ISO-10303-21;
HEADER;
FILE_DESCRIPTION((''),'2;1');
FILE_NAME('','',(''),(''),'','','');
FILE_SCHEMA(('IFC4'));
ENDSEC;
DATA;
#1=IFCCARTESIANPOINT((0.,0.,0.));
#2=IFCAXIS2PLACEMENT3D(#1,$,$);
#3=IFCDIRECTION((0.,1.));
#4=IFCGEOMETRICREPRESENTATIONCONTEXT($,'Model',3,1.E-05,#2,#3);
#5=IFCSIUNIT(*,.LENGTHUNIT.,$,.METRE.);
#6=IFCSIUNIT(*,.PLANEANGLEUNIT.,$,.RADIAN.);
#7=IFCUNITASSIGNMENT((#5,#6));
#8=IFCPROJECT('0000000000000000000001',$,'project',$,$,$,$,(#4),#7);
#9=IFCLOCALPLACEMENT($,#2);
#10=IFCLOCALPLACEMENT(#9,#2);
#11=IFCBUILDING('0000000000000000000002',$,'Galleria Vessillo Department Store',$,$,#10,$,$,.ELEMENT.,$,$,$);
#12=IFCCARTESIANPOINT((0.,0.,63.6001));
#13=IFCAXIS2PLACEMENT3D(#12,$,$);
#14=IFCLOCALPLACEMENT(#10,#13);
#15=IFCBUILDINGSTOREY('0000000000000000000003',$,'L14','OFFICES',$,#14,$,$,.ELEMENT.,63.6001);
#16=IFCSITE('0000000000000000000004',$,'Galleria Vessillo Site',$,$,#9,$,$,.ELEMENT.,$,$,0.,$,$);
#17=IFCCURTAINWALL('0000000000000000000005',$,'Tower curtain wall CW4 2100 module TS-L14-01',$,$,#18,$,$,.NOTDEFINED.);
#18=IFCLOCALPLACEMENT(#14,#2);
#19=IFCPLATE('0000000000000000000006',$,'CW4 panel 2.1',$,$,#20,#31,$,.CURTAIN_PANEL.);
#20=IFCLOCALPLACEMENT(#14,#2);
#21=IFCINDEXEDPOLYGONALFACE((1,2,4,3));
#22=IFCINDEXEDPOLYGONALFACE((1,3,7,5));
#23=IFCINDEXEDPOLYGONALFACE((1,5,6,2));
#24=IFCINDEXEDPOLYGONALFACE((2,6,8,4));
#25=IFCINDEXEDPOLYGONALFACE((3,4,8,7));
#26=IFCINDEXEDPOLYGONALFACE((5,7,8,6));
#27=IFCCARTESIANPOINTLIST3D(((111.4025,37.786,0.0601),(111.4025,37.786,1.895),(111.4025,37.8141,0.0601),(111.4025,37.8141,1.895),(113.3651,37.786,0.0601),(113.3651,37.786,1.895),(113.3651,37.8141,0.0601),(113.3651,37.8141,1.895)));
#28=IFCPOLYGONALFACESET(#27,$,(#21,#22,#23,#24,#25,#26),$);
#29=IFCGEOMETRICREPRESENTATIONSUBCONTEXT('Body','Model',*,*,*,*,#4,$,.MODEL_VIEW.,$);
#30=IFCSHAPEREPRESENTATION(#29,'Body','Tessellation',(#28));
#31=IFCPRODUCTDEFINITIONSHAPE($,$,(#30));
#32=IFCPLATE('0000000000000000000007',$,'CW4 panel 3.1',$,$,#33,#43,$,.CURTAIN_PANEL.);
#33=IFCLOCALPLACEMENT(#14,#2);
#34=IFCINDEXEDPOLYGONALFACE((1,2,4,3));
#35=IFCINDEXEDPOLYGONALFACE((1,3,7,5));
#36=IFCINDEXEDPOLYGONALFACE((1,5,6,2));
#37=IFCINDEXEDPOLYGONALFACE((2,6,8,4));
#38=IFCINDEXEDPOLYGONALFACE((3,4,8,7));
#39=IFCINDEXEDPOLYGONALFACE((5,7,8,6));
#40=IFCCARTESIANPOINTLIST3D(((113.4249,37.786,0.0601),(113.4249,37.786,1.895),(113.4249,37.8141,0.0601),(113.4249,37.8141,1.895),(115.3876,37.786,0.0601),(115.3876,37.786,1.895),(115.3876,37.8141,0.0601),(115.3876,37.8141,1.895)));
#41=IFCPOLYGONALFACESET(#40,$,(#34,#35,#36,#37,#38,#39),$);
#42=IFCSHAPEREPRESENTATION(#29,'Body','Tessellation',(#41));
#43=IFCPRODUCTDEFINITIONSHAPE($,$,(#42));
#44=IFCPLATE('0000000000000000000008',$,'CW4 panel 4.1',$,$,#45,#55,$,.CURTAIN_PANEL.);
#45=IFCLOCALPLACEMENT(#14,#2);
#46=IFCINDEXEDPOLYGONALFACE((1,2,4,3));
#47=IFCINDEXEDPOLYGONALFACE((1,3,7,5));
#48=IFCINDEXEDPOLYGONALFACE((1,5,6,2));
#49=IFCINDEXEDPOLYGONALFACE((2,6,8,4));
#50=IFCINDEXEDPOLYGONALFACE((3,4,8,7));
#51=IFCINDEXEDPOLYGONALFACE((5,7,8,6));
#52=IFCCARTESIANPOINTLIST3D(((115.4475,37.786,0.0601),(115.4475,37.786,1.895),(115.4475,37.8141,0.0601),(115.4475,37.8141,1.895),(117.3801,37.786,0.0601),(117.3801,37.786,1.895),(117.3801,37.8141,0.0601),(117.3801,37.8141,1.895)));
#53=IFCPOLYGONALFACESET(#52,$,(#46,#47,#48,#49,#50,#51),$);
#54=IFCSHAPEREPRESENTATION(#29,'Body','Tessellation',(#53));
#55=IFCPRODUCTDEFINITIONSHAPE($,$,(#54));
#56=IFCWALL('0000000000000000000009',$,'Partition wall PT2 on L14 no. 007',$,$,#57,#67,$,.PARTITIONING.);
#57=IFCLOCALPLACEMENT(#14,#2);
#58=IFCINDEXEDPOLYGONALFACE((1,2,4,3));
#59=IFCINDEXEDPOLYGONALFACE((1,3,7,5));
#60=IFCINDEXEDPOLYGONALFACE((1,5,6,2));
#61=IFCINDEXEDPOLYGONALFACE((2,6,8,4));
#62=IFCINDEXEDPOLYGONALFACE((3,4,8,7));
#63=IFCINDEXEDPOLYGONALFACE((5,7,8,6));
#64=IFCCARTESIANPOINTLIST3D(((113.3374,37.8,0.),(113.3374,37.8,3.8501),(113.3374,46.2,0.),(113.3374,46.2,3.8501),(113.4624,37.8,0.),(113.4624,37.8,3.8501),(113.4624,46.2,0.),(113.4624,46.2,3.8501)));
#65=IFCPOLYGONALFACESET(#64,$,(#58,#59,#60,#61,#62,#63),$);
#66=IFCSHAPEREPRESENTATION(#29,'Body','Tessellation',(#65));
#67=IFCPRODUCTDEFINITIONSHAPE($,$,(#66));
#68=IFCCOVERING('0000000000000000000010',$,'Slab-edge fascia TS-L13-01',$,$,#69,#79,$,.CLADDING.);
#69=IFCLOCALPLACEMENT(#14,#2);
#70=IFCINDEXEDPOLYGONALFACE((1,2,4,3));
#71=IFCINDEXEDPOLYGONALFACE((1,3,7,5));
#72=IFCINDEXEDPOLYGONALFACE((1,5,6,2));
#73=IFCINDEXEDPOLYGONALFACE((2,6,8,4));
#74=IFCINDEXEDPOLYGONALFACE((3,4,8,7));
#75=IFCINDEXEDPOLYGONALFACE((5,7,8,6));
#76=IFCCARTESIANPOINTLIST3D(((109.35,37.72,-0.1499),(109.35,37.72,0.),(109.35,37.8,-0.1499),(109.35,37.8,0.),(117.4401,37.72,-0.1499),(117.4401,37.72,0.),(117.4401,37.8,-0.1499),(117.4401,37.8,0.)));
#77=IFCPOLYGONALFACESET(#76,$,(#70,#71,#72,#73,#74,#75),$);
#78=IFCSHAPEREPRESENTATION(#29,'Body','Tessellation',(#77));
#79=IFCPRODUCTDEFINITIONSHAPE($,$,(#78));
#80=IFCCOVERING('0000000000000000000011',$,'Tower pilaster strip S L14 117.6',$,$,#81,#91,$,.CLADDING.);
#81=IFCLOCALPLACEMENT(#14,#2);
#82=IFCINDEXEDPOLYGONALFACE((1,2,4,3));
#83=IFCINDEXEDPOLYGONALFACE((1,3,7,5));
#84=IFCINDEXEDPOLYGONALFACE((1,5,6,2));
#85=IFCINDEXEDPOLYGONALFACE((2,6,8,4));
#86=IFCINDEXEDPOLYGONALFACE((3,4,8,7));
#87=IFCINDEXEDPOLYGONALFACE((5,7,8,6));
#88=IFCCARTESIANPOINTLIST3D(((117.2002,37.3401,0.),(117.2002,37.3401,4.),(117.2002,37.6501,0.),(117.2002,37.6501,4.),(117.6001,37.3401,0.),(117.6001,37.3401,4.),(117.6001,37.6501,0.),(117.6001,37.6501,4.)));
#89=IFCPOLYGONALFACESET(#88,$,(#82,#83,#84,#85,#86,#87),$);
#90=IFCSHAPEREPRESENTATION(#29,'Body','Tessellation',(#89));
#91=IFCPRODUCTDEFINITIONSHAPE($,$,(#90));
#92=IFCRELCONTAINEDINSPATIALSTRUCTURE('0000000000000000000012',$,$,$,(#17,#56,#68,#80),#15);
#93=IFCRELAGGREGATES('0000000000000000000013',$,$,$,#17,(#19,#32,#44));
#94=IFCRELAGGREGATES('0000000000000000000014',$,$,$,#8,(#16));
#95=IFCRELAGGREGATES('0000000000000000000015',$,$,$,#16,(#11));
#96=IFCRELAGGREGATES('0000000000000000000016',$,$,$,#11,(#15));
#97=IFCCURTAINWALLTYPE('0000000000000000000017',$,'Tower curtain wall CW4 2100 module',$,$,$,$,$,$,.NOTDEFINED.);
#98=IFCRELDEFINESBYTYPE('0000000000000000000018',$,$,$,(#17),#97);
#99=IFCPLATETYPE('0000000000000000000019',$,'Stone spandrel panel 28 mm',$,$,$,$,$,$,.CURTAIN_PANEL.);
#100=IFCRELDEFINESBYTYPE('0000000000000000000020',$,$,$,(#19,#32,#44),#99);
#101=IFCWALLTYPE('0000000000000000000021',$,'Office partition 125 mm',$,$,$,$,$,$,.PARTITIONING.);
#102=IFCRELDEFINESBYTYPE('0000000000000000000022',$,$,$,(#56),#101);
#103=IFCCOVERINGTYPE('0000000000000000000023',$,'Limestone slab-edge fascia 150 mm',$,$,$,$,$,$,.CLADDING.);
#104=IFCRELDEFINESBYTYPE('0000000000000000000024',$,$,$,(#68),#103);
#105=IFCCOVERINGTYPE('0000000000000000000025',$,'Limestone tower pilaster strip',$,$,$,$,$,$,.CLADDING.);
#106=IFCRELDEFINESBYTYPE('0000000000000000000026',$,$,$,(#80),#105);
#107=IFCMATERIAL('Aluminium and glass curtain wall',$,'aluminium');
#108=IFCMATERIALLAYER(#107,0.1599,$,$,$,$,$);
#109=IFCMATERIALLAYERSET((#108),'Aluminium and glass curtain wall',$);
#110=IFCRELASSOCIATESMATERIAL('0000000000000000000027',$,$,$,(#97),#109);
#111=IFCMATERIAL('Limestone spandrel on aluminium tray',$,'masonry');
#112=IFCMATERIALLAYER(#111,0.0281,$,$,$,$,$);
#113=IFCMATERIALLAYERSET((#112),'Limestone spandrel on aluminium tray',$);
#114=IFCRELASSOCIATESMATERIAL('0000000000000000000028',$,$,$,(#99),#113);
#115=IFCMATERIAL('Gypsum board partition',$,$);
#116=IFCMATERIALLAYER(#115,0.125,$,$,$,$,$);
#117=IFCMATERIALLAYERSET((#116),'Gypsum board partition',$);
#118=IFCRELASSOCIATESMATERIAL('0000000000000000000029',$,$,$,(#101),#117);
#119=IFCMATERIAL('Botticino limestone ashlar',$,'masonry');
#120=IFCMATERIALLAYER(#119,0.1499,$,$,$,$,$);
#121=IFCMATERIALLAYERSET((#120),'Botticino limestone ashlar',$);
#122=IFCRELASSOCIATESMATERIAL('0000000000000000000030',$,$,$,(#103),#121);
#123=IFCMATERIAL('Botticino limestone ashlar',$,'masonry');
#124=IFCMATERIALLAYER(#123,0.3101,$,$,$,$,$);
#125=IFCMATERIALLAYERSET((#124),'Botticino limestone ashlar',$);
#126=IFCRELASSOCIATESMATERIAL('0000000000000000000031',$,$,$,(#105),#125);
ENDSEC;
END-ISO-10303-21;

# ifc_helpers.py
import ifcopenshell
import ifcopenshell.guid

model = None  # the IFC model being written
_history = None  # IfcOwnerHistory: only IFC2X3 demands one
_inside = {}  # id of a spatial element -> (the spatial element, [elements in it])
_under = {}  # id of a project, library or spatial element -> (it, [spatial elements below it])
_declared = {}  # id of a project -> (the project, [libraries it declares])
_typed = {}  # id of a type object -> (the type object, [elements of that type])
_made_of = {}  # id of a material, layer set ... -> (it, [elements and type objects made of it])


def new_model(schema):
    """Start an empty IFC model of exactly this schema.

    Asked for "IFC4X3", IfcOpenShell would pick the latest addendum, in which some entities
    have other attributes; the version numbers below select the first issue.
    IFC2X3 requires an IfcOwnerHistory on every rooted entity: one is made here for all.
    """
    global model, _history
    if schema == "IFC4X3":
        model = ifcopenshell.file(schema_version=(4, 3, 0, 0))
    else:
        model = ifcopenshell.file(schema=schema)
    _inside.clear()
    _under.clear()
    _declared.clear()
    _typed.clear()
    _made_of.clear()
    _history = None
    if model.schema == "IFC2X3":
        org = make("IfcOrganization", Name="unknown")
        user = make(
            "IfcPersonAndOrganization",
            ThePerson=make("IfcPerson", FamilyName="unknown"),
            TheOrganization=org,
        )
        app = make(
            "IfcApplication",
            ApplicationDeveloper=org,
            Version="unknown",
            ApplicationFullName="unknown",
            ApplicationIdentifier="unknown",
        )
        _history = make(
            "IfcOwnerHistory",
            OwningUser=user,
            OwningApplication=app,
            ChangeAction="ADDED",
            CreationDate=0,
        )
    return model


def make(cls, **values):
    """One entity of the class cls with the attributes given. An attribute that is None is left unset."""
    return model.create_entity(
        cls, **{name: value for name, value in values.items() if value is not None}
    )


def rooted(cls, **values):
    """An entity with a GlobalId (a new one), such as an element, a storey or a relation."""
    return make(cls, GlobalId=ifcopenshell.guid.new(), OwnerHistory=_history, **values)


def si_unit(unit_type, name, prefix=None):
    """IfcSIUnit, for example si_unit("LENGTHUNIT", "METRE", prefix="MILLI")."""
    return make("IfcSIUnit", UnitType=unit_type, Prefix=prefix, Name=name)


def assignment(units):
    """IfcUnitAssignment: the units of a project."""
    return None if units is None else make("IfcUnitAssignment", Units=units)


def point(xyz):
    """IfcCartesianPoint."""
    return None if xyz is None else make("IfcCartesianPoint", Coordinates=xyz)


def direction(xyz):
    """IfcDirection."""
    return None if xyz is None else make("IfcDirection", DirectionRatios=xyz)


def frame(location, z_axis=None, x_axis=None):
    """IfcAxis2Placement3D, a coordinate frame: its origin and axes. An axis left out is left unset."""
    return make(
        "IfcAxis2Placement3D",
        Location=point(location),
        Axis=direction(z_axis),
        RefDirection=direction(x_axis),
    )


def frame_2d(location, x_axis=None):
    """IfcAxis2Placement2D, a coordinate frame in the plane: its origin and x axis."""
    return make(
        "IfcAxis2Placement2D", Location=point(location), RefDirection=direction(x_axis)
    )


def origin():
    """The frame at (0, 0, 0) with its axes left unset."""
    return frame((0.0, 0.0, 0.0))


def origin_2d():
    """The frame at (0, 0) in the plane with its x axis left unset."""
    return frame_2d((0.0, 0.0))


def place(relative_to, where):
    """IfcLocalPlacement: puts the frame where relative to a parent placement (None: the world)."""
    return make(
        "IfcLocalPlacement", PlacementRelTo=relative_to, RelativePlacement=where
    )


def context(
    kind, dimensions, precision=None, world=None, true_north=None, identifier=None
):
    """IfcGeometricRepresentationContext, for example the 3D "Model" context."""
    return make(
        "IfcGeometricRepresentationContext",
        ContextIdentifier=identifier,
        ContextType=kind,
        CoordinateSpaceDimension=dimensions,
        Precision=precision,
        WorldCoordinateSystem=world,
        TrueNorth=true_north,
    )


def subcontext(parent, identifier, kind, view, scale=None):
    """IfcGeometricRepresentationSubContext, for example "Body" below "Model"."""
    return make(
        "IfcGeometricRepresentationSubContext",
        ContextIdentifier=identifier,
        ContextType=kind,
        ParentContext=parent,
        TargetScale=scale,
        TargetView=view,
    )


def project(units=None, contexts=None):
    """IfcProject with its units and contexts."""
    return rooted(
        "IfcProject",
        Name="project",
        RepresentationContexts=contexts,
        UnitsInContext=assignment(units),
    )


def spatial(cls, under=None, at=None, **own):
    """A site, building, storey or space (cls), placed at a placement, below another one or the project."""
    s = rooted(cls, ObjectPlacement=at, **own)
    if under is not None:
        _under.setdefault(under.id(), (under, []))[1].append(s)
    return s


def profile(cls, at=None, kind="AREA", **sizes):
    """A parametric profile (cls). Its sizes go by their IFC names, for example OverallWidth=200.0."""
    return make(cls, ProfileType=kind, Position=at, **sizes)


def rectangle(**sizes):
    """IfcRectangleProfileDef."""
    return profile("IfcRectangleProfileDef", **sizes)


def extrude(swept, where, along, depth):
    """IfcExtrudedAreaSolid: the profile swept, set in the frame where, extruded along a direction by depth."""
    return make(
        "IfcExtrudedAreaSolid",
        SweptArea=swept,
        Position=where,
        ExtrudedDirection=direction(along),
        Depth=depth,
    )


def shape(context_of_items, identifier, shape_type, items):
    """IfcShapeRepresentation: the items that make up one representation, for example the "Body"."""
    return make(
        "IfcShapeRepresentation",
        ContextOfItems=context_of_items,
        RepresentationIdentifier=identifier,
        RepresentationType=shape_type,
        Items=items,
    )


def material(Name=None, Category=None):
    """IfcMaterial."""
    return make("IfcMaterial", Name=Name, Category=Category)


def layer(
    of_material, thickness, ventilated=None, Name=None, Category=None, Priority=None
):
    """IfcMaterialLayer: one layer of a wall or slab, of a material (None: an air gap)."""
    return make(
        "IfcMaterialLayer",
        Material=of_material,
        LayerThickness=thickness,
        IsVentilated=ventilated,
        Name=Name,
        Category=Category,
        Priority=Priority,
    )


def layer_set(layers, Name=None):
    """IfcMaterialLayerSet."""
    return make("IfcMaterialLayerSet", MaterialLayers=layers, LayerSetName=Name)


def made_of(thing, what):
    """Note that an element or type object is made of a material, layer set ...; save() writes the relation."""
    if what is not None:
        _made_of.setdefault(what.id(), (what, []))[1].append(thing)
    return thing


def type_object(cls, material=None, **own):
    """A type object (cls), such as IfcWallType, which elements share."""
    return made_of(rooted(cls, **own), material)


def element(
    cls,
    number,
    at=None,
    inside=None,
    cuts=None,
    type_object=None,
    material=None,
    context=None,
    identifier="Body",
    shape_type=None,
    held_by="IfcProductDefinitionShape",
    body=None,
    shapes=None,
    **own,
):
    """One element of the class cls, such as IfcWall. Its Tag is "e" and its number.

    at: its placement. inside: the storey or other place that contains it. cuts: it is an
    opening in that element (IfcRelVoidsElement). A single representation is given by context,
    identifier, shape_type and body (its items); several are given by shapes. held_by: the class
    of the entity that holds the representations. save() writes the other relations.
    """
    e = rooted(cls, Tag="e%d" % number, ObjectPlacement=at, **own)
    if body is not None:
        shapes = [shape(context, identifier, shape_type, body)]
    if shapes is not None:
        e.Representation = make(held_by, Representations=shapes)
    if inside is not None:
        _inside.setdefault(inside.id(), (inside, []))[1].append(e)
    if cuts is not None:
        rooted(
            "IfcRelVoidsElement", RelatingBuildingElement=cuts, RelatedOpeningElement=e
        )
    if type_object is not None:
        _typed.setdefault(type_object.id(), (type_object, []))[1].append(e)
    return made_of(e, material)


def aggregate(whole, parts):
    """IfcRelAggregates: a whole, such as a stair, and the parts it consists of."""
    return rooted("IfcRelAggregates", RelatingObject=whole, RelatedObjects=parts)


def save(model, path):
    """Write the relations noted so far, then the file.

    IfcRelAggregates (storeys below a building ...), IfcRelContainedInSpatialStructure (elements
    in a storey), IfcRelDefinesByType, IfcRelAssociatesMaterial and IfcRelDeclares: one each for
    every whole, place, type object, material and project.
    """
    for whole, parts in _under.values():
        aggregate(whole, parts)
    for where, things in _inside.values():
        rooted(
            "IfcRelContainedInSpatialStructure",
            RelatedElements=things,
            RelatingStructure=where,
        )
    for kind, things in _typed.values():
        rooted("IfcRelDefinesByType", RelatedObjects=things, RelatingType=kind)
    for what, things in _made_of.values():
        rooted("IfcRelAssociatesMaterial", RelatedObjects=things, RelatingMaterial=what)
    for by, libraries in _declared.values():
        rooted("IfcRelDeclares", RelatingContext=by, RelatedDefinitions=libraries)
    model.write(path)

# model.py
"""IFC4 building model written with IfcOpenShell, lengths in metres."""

from ifc_helpers import new_model, si_unit, direction, frame, frame_2d, origin, origin_2d, place, context, subcontext, project, spatial, rectangle, extrude, material, layer, layer_set, type_object, element, aggregate, save


model = new_model("IFC4")

# Units and contexts
model_context = context("Model", 3, precision=1e-05, world=origin(), true_north=direction((0.0, 1.0)))
body_context = subcontext(model_context, "Body", "Model", "MODEL_VIEW")
ifc_project = project(units=[si_unit("LENGTHUNIT", "METRE"), si_unit("PLANEANGLEUNIT", "RADIAN")], contexts=[model_context])

# Site, building, storey
site_placement = place(None, origin())
site = spatial("IfcSite", under=ifc_project, at=site_placement, Name="Galleria Vessillo Site", CompositionType="ELEMENT", RefElevation=0.0)
building_placement = place(site_placement, origin())
building = spatial("IfcBuilding", under=site, at=building_placement, Name="Galleria Vessillo Department Store", CompositionType="ELEMENT")
storey_placement = place(building_placement, frame((0.0, 0.0, 63.6001)))
storey = spatial("IfcBuildingStorey", under=building, at=storey_placement, Name="L14", Description="OFFICES", CompositionType="ELEMENT", Elevation=63.6001)

# Curtain wall
ifc_material_1 = material(Name="Aluminium and glass curtain wall", Category="aluminium")
ifc_layer_1 = layer(ifc_material_1, 0.1599)
ifc_layer_set_1 = layer_set([ifc_layer_1], Name="Aluminium and glass curtain wall")
curtain_wall_type = type_object("IfcCurtainWallType", Name="Tower curtain wall CW4 2100 module", PredefinedType="NOTDEFINED", material=ifc_layer_set_1)
curtain_wall_placement = place(storey_placement, origin())
curtain_wall = element("IfcCurtainWall", 1, at=curtain_wall_placement, inside=storey, type_object=curtain_wall_type, Name="Tower curtain wall CW4 2100 module TS-L14-01", PredefinedType="NOTDEFINED")

# Plates
ifc_material_2 = material(Name="Limestone spandrel on aluminium tray", Category="masonry")
ifc_layer_2 = layer(ifc_material_2, 0.0281)
ifc_layer_set_2 = layer_set([ifc_layer_2], Name="Limestone spandrel on aluminium tray")
plate_type_1 = type_object("IfcPlateType", Name="Stone spandrel panel 28 mm", PredefinedType="CURTAIN_PANEL", material=ifc_layer_set_2)
plate_1_placement = place(storey_placement, frame((112.3838, 37.8, 0.0601), z_axis=(0.0, 0.0, 1.0), x_axis=(1.0, 0.0, 0.0)))
plate_1 = element("IfcPlate", 2, at=plate_1_placement, type_object=plate_type_1, Name="CW4 panel 2.1", PredefinedType="CURTAIN_PANEL", context=body_context, shape_type="SweptSolid", body=[
    extrude(rectangle(XDim=1.9626, YDim=0.0281, at=origin_2d()), origin(), (0.0, 0.0, 1.0), 1.835),
])
plate_2_placement = place(storey_placement, frame((114.4062, 37.8, 0.0601), z_axis=(0.0, 0.0, 1.0), x_axis=(1.0, 0.0, 0.0)))
plate_2 = element("IfcPlate", 3, at=plate_2_placement, type_object=plate_type_1, Name="CW4 panel 3.1", PredefinedType="CURTAIN_PANEL", context=body_context, shape_type="SweptSolid", body=[
    extrude(rectangle(XDim=1.9626, YDim=0.0281, at=origin_2d()), origin(), (0.0, 0.0, 1.0), 1.835),
])
plate_3_placement = place(storey_placement, frame((116.4138, 37.8, 0.0601), z_axis=(0.0, 0.0, 1.0), x_axis=(1.0, 0.0, 0.0)))
plate_3 = element("IfcPlate", 4, at=plate_3_placement, type_object=plate_type_1, Name="CW4 panel 4.1", PredefinedType="CURTAIN_PANEL", context=body_context, shape_type="SweptSolid", body=[
    extrude(rectangle(XDim=1.9326, YDim=0.0281, at=origin_2d()), origin(), (0.0, 0.0, 1.0), 1.835),
])
aggregate(curtain_wall, [plate_1, plate_2, plate_3])

# Wall
ifc_material_3 = material(Name="Gypsum board partition")
ifc_layer_3 = layer(ifc_material_3, 0.125)
ifc_layer_set_3 = layer_set([ifc_layer_3], Name="Gypsum board partition")
wall_type = type_object("IfcWallType", Name="Office partition 125 mm", PredefinedType="PARTITIONING", material=ifc_layer_set_3)
wall_placement = place(storey_placement, frame((113.3999, 37.8, 0.0), z_axis=(0.0, 0.0, 1.0), x_axis=(0.0, 1.0, 0.0)))
element("IfcWall", 5, at=wall_placement, inside=storey, type_object=wall_type, Name="Partition wall PT2 on L14 no. 007", PredefinedType="PARTITIONING", context=body_context, shape_type="SweptSolid", body=[
    extrude(rectangle(XDim=8.3999, YDim=0.125, at=frame_2d((4.2, 0.0))), origin(), (0.0, 0.0, 1.0), 3.8501),
])

# Coverings
ifc_material_4 = material(Name="Botticino limestone ashlar", Category="masonry")
ifc_layer_4 = layer(ifc_material_4, 0.1499)
ifc_layer_set_4 = layer_set([ifc_layer_4], Name="Botticino limestone ashlar")
covering_type_1 = type_object("IfcCoveringType", Name="Limestone slab-edge fascia 150 mm", PredefinedType="CLADDING", material=ifc_layer_set_4)
covering_1_placement = place(storey_placement, frame((113.395, 37.76, -0.1499), z_axis=(0.0, 0.0, 1.0), x_axis=(1.0, 0.0, 0.0)))
element("IfcCovering", 6, at=covering_1_placement, inside=storey, type_object=covering_type_1, Name="Slab-edge fascia TS-L13-01", PredefinedType="CLADDING", context=body_context, shape_type="SweptSolid", body=[
    extrude(rectangle(XDim=8.0901, YDim=0.0801, at=origin_2d()), origin(), (0.0, 0.0, 1.0), 0.1499),
])
ifc_material_5 = material(Name="Botticino limestone ashlar", Category="masonry")
ifc_layer_5 = layer(ifc_material_5, 0.3101)
ifc_layer_set_5 = layer_set([ifc_layer_5], Name="Botticino limestone ashlar")
covering_type_2 = type_object("IfcCoveringType", Name="Limestone tower pilaster strip", PredefinedType="CLADDING", material=ifc_layer_set_5)
covering_2_placement = place(storey_placement, frame((117.4001, 37.4951, 0.0), z_axis=(0.0, 0.0, 1.0), x_axis=(1.0, 0.0, 0.0)))
element("IfcCovering", 7, at=covering_2_placement, inside=storey, type_object=covering_type_2, Name="Tower pilaster strip S L14 117.6", PredefinedType="CLADDING", context=body_context, shape_type="SweptSolid", body=[
    extrude(rectangle(XDim=0.3999, YDim=0.3101, at=origin_2d()), origin(), (0.0, 0.0, 1.0), 4.0),
])

save(model, "model.ifc")
